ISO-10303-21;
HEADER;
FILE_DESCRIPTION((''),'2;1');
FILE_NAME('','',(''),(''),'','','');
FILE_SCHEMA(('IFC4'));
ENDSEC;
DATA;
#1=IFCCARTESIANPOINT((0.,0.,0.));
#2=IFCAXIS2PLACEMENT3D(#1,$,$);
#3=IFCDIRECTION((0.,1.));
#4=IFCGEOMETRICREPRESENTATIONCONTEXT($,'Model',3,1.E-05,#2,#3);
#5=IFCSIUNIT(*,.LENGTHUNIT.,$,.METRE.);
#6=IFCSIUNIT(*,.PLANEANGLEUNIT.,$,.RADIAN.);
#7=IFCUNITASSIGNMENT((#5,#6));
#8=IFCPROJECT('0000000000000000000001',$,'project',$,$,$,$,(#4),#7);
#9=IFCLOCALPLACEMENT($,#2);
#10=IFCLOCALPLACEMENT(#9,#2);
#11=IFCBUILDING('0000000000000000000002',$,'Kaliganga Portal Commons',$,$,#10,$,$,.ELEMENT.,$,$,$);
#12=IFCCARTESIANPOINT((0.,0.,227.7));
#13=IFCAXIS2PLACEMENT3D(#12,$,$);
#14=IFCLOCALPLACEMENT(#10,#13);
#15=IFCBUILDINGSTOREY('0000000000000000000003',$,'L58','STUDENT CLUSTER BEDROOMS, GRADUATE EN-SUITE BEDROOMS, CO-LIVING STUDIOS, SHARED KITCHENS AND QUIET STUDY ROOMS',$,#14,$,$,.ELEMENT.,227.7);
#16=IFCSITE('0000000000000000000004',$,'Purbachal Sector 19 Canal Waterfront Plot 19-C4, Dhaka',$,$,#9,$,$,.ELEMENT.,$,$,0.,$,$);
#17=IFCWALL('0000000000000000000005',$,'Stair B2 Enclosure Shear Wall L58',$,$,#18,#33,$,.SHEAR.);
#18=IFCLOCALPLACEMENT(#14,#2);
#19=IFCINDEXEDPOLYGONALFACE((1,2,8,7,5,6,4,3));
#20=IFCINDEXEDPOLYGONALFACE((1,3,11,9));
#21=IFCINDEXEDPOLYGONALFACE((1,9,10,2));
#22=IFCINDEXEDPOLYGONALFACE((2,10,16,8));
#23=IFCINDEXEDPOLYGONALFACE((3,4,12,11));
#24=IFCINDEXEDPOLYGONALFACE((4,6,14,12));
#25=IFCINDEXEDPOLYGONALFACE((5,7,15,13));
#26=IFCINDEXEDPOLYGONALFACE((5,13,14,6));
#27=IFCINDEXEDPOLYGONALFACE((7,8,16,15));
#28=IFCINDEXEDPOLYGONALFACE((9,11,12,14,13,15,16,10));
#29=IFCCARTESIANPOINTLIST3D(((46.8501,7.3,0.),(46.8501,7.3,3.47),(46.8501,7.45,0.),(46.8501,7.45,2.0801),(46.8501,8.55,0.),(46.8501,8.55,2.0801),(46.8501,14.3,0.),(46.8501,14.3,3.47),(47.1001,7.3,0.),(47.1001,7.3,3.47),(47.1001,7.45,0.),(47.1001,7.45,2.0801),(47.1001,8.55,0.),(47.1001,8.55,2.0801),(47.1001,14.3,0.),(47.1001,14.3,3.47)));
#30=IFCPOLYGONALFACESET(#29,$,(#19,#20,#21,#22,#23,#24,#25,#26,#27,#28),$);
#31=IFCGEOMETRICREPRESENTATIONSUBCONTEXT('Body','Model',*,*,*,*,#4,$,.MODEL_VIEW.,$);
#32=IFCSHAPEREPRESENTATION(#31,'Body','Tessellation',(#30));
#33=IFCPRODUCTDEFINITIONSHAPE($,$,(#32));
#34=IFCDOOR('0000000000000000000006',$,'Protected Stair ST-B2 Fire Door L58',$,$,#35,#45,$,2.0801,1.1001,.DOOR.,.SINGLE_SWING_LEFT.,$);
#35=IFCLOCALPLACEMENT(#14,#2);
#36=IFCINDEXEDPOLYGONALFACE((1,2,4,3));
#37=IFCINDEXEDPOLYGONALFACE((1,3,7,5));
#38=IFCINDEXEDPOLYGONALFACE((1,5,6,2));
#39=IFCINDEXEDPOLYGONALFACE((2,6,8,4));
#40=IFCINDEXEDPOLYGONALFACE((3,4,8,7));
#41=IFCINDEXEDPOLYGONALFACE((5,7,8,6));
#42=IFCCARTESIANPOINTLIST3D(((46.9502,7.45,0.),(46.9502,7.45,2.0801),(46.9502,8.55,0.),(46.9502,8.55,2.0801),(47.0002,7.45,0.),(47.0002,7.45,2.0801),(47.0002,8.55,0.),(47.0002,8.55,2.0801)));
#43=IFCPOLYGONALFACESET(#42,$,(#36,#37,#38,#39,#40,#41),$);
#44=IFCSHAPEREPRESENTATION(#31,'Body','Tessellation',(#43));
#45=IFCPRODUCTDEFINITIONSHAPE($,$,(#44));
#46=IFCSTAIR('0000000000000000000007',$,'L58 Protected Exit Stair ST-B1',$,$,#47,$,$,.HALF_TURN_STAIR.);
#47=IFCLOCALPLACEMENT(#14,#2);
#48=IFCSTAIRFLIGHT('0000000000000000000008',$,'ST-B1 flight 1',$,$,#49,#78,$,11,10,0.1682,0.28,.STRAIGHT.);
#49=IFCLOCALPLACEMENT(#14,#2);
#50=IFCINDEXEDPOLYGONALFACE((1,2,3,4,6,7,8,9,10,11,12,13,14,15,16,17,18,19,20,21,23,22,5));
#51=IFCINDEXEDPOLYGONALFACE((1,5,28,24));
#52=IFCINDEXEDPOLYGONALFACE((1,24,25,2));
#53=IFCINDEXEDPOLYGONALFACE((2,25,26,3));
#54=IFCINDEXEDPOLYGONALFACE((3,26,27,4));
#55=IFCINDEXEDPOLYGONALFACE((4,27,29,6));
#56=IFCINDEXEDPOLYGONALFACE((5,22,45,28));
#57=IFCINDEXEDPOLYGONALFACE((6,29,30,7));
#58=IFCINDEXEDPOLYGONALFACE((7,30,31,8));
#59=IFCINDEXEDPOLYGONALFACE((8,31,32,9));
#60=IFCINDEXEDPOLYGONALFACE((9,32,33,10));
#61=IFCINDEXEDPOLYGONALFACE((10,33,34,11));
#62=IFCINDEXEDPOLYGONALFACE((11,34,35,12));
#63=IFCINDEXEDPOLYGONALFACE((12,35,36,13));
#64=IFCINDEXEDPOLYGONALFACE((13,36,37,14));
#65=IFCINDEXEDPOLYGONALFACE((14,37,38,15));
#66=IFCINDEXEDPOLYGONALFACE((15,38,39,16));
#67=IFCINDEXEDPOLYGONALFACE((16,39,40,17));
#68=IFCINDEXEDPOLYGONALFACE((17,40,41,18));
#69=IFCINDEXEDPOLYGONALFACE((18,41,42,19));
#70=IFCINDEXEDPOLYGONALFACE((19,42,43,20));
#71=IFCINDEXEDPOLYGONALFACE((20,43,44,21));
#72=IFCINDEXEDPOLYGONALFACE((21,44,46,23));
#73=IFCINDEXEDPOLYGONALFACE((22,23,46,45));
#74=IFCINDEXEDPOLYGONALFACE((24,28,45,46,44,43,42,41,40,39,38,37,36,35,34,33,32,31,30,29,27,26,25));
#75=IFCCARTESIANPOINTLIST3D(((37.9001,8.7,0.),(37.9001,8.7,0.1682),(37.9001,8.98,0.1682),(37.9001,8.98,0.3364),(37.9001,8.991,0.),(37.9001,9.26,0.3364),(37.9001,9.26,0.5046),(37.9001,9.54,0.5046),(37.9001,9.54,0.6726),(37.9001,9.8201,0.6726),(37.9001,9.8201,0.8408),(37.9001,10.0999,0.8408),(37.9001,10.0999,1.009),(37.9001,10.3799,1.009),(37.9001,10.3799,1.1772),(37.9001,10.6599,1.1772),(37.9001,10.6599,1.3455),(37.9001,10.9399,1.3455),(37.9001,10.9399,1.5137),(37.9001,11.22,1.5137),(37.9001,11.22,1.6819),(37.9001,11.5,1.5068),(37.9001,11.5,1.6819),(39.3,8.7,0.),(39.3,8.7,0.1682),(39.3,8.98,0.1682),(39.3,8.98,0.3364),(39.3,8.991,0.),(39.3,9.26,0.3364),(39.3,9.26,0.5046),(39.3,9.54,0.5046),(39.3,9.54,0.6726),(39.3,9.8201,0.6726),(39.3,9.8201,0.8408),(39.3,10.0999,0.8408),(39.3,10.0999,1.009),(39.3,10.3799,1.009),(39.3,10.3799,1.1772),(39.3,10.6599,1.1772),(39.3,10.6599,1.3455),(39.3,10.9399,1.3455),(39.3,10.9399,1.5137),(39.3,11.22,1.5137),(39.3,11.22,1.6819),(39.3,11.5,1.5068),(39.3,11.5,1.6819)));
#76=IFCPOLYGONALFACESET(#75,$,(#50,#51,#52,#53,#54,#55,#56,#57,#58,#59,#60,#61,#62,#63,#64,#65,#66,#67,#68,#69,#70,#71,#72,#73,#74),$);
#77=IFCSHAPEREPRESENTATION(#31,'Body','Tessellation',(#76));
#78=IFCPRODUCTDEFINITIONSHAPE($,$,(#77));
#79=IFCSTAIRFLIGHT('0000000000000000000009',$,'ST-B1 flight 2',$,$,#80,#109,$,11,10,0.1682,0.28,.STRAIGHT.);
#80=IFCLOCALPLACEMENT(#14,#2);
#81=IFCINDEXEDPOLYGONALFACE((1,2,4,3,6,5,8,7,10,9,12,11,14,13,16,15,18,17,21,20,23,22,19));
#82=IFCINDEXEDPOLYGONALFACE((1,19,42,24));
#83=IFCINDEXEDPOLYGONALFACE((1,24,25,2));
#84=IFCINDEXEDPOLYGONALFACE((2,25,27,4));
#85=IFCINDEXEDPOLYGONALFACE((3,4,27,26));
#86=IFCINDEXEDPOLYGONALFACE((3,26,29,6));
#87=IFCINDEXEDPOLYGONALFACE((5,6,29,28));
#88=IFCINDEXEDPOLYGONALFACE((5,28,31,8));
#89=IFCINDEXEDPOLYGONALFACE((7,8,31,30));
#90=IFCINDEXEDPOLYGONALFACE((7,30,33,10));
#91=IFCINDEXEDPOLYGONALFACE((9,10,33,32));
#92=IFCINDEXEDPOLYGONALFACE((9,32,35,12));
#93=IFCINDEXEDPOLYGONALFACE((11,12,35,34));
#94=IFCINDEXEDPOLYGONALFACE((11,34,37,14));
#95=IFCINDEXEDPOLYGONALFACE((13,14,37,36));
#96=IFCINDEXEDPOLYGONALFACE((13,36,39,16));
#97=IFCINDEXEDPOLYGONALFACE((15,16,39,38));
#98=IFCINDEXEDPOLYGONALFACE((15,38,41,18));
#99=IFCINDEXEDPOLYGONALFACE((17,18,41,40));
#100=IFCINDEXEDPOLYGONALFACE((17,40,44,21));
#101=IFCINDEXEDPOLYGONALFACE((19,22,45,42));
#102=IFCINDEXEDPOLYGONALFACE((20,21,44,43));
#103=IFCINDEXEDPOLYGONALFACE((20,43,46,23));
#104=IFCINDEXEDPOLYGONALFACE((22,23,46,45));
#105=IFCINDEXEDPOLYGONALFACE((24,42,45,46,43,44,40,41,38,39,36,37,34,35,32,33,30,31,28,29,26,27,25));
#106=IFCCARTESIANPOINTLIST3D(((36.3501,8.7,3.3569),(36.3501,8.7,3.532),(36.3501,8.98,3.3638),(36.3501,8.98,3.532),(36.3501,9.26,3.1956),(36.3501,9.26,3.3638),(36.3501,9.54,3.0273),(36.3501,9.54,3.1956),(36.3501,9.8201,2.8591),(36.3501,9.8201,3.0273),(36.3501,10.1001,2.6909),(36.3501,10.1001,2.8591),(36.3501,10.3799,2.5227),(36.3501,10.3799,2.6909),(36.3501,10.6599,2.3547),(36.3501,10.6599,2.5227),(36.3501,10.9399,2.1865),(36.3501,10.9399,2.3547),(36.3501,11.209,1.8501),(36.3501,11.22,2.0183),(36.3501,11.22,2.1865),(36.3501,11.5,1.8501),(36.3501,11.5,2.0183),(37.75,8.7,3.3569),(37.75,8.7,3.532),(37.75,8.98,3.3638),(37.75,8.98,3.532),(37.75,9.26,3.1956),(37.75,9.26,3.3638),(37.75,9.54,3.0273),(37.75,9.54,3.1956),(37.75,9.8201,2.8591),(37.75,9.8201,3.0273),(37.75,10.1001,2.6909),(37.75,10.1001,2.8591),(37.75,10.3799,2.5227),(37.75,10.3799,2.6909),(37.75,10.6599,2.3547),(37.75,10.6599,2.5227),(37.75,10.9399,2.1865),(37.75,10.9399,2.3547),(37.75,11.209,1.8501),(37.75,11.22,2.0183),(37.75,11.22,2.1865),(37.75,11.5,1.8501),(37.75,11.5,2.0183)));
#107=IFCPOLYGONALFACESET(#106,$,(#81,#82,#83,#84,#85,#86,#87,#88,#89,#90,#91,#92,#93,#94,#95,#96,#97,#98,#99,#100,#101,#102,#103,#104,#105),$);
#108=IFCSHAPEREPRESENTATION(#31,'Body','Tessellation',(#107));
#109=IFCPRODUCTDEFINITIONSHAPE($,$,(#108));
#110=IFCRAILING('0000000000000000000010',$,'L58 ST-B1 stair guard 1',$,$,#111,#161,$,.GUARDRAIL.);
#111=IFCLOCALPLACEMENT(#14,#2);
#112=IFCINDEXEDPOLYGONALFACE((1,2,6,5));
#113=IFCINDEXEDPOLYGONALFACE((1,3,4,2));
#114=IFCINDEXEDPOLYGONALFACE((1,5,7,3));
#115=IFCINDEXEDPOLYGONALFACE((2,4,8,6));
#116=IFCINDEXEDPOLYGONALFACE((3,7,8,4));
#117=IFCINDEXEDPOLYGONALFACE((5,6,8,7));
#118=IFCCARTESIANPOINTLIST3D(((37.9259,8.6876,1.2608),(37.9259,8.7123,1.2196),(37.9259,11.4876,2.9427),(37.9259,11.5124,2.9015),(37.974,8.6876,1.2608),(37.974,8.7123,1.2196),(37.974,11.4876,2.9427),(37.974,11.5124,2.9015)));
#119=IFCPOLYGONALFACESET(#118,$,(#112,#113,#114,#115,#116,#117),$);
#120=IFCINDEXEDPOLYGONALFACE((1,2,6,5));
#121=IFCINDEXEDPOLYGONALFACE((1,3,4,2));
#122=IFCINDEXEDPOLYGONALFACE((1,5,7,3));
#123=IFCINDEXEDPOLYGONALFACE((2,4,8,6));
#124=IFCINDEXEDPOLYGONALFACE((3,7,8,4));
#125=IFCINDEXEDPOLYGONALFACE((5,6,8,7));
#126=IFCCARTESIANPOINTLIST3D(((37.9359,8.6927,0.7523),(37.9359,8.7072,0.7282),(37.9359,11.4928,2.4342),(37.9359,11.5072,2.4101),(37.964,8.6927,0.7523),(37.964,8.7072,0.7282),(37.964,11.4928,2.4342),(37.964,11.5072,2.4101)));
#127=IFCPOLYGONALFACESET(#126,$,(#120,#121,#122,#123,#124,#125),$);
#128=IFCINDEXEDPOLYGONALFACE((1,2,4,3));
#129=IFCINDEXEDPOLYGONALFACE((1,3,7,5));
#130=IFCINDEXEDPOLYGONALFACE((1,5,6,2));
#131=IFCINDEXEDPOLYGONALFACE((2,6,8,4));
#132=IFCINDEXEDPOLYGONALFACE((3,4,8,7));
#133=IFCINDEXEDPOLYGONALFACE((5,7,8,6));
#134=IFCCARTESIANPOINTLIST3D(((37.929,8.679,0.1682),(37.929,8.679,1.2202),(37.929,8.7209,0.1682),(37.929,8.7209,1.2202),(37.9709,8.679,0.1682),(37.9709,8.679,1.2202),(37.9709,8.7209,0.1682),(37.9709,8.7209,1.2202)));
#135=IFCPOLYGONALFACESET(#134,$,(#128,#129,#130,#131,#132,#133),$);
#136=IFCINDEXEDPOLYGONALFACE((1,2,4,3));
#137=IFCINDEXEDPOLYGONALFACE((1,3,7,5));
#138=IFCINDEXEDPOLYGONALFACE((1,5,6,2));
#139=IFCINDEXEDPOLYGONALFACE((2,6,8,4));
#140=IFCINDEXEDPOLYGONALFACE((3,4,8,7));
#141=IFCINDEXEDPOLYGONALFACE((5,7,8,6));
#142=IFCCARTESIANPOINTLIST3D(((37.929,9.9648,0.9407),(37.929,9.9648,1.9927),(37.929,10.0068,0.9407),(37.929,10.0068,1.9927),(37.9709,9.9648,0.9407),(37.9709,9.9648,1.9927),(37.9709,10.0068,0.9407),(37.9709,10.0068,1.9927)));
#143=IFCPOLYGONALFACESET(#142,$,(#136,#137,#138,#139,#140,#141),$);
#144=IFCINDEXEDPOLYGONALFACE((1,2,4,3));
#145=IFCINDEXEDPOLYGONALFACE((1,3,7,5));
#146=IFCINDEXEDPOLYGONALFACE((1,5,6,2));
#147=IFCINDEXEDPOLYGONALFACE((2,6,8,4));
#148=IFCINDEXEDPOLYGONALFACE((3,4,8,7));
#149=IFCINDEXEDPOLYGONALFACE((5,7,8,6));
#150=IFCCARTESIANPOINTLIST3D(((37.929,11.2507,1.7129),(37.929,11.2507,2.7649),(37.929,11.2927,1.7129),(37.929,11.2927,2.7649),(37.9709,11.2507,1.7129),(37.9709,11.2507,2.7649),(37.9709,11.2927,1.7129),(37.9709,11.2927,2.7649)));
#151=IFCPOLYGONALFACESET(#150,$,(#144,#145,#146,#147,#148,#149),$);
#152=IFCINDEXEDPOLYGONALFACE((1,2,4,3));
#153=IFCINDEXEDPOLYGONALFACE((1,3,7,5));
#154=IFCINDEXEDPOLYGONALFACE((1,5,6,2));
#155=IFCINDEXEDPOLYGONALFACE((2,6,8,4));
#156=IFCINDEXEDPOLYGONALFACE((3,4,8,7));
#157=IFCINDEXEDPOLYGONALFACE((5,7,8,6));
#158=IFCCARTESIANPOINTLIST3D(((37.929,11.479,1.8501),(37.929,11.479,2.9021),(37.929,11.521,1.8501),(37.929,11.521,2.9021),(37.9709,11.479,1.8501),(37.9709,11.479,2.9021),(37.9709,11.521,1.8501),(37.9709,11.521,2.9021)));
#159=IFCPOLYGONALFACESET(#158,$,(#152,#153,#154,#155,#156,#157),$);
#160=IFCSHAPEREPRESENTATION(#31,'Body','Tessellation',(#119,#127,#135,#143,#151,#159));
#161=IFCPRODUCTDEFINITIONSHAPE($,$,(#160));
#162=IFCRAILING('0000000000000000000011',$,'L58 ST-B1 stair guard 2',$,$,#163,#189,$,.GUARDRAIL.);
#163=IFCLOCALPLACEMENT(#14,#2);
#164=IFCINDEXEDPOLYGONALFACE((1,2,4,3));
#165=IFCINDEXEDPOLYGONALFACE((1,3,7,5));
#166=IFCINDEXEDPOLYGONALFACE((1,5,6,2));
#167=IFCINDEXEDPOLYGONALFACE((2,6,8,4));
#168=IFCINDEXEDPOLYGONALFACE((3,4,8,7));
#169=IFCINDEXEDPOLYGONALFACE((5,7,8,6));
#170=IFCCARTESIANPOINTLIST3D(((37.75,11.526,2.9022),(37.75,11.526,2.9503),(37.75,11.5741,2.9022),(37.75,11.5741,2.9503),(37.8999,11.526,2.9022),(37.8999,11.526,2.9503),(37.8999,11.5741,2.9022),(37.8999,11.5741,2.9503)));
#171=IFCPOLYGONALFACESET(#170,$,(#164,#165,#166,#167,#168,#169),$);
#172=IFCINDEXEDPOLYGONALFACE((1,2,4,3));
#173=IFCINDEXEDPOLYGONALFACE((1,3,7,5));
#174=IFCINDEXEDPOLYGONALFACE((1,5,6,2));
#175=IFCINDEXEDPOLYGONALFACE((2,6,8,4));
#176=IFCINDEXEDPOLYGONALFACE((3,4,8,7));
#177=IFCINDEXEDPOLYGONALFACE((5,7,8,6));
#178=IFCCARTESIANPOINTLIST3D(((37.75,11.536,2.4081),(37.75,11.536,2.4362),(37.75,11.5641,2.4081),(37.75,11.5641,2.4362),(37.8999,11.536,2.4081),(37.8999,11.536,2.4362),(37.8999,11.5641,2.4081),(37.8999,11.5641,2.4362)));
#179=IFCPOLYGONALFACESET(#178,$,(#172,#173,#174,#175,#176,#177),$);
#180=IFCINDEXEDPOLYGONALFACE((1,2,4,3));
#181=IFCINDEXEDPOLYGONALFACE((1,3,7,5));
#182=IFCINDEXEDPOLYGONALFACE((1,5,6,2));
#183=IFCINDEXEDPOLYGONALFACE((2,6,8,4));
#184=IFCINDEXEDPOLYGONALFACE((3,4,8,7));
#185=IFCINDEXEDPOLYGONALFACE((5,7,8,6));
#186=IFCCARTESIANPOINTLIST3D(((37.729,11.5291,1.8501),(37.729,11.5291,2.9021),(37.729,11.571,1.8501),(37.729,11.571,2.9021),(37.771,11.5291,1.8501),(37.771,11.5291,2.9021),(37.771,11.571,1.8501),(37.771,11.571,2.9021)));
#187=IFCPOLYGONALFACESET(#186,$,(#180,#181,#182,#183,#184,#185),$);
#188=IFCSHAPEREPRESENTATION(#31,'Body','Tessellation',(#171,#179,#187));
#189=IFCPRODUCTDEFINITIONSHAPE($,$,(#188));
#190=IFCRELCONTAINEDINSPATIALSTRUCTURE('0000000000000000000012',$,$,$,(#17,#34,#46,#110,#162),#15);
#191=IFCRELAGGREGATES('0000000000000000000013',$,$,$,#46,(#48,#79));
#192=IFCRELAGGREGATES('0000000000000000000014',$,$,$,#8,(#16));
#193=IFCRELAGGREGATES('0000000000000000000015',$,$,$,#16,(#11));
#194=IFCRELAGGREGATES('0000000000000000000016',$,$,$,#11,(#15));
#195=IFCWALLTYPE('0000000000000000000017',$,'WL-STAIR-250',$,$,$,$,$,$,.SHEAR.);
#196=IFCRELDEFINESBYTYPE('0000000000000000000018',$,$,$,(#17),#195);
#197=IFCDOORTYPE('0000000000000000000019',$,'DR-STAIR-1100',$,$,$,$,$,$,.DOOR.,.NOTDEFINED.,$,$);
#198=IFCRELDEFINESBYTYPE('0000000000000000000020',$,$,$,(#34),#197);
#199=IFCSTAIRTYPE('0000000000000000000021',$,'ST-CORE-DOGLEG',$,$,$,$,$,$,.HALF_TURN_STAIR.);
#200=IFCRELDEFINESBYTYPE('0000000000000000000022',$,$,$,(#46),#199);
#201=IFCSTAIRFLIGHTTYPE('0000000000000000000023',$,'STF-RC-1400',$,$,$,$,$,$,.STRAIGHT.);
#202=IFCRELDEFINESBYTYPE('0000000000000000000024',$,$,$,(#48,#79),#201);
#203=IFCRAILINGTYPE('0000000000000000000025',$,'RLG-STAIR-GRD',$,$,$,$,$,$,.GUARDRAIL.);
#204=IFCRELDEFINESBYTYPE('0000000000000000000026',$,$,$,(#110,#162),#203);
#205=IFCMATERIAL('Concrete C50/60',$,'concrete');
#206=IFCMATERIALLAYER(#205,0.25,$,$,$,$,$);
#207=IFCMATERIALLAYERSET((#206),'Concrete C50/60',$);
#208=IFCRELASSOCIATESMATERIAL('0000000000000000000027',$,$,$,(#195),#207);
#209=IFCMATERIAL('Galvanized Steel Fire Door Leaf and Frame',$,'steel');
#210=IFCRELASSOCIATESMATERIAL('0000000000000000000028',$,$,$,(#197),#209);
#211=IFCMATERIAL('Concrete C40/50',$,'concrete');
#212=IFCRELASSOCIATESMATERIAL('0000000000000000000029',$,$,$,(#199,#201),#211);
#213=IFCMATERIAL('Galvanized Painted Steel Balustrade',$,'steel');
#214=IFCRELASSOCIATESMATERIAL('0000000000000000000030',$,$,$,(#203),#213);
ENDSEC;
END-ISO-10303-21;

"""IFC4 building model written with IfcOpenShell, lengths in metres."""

from ifc_helpers import new_model, si_unit, direction, frame, frame_2d, origin, origin_2d, place, context, subcontext, project, spatial, polyline, rectangle, outline, extrude, material, layer, layer_set, type_object, element, fill, aggregate, save


model = new_model("IFC4")

# Units and contexts
model_context = context("Model", 3, precision=1e-05, world=origin(), true_north=direction((0.0, 1.0)))
body_context = subcontext(model_context, "Body", "Model", "MODEL_VIEW")
ifc_project = project(units=[si_unit("LENGTHUNIT", "METRE"), si_unit("PLANEANGLEUNIT", "RADIAN")], contexts=[model_context])

# Site, building, storey
site_placement = place(None, origin())
site = spatial("IfcSite", under=ifc_project, at=site_placement, Name="Purbachal Sector 19 Canal Waterfront Plot 19-C4, Dhaka", CompositionType="ELEMENT", RefElevation=0.0)
building_placement = place(site_placement, origin())
building = spatial("IfcBuilding", under=site, at=building_placement, Name="Kaliganga Portal Commons", CompositionType="ELEMENT")
storey_placement = place(building_placement, frame((0.0, 0.0, 227.7)))
storey = spatial("IfcBuildingStorey", under=building, at=storey_placement, Name="L58", Description="STUDENT CLUSTER BEDROOMS, GRADUATE EN-SUITE BEDROOMS, CO-LIVING STUDIOS, SHARED KITCHENS AND QUIET STUDY ROOMS", CompositionType="ELEMENT", Elevation=227.7)

# Shared definitions
ifc_material_1 = material(Name="Concrete C50/60", Category="concrete")

# Wall, opening, door
ifc_layer_1 = layer(ifc_material_1, 0.25)
ifc_layer_set_1 = layer_set([ifc_layer_1], Name="Concrete C50/60")
wall_type_1 = type_object("IfcWallType", Name="WL-STAIR-250", PredefinedType="SHEAR", material=ifc_layer_set_1)
ifc_material_2 = material(Name="Galvanized Steel Fire Door Leaf and Frame", Category="steel")
door_type_1 = type_object("IfcDoorType", Name="DR-STAIR-1100", OperationType="NOTDEFINED", PredefinedType="DOOR", material=ifc_material_2)
wall_1_placement = place(storey_placement, frame((46.9751, 7.3, 0.0), z_axis=(0.0, 0.0, 1.0), x_axis=(0.0, 1.0, 0.0)))
wall_1 = element("IfcWall", 1, at=wall_1_placement, inside=storey, type_object=wall_type_1, Name="Stair B2 Enclosure Shear Wall L58", PredefinedType="SHEAR", context=body_context, shape_type="SweptSolid", body=[
    extrude(rectangle(XDim=7.0, YDim=0.25, at=frame_2d((3.5, 0.0))), origin(), (0.0, 0.0, 1.0), 3.47),
])
opening_1_placement = place(wall_1_placement, frame((0.1499, 0.0, 0.0)))
opening_1 = element("IfcOpeningElement", 2, at=opening_1_placement, cuts=wall_1, PredefinedType="OPENING", context=body_context, shape_type="SweptSolid", body=[
    extrude(rectangle(XDim=1.1001, YDim=2.0801, at=frame_2d((0.55, 1.04))), frame((0.0, 0.135, 0.0), z_axis=(0.0, -1.0, 0.0), x_axis=(1.0, 0.0, 0.0)), (0.0, 0.0, 1.0), 0.27),
])
door_1_placement = place(opening_1_placement, origin())
door_1 = element("IfcDoor", 3, at=door_1_placement, inside=storey, type_object=door_type_1, Name="Protected Stair ST-B2 Fire Door L58", OperationType="SINGLE_SWING_LEFT", OverallHeight=2.0801, OverallWidth=1.1001, PredefinedType="DOOR", context=body_context, shape_type="SweptSolid", body=[
    extrude(rectangle(XDim=1.1001, YDim=2.0801, at=frame_2d((0.55, 1.04))), frame((0.0, 0.0249, 0.0), z_axis=(0.0, -1.0, 0.0), x_axis=(1.0, 0.0, 0.0)), (0.0, 0.0, 1.0), 0.05),
])
fill(opening_1, door_1)

# Stair, stair flights
ifc_material_3 = material(Name="Concrete C40/50", Category="concrete")
stair_type = type_object("IfcStairType", Name="ST-CORE-DOGLEG", PredefinedType="HALF_TURN_STAIR", material=ifc_material_3)
stair_placement = place(storey_placement, origin())
stair = element("IfcStair", 4, at=stair_placement, inside=storey, type_object=stair_type, Name="L58 Protected Exit Stair ST-B1", PredefinedType="HALF_TURN_STAIR")
stair_flight_type = type_object("IfcStairFlightType", Name="STF-RC-1400", PredefinedType="STRAIGHT", material=ifc_material_3)
stair_flight_1_placement = place(storey_placement, frame((38.6001, 8.7, 0.0), z_axis=(0.0, 0.0, 1.0), x_axis=(0.0, 1.0, 0.0)))
stair_flight_1 = element("IfcStairFlight", 5, at=stair_flight_1_placement, type_object=stair_flight_type, Name="ST-B1 flight 1", NumberOfRisers=11, NumberOfTreads=10, PredefinedType="STRAIGHT", RiserHeight=0.1682, TreadLength=0.28, context=body_context, shape_type="SweptSolid", body=[
    extrude(outline(polyline([(0.0, 0.0), (0.0, 0.1682), (0.28, 0.1682), (0.28, 0.3364), (0.5601, 0.3364), (0.5601, 0.5046), (0.8401, 0.5046), (0.8401, 0.6726), (1.1201, 0.6726), (1.1201, 0.8408), (1.3999, 0.8408), (1.3999, 1.009), (1.6799, 1.009), (1.6799, 1.1772), (1.96, 1.1772), (1.96, 1.3455), (2.24, 1.3455), (2.24, 1.5137), (2.52, 1.5137), (2.52, 1.6819), (2.8, 1.6819), (2.8, 1.8501), (2.8, 1.5068), (0.291, 0.0), (0.0, 0.0)])), frame((0.0, 0.7, 0.0), z_axis=(0.0, -1.0, 0.0), x_axis=(1.0, 0.0, 0.0)), (0.0, 0.0, 1.0), 1.3999),
])
stair_flight_2_placement = place(storey_placement, frame((37.05, 11.5, 1.8501), z_axis=(0.0, 0.0, 1.0), x_axis=(0.0, -1.0, 0.0)))
stair_flight_2 = element("IfcStairFlight", 6, at=stair_flight_2_placement, type_object=stair_flight_type, Name="ST-B1 flight 2", NumberOfRisers=11, NumberOfTreads=10, PredefinedType="STRAIGHT", RiserHeight=0.1682, TreadLength=0.28, context=body_context, shape_type="SweptSolid", body=[
    extrude(outline(polyline([(0.0, 0.0), (0.0, 0.1682), (0.28, 0.1682), (0.28, 0.3364), (0.5601, 0.3364), (0.5601, 0.5046), (0.8401, 0.5046), (0.8401, 0.6726), (1.1201, 0.6726), (1.1201, 0.8408), (1.3999, 0.8408), (1.3999, 1.009), (1.6799, 1.009), (1.6799, 1.1772), (1.96, 1.1772), (1.96, 1.3455), (2.24, 1.3455), (2.24, 1.5137), (2.52, 1.5137), (2.52, 1.6819), (2.8, 1.6819), (2.8, 1.8501), (2.8, 1.5068), (0.291, 0.0), (0.0, 0.0)])), frame((0.0, 0.7, 0.0), z_axis=(0.0, -1.0, 0.0), x_axis=(1.0, 0.0, 0.0)), (0.0, 0.0, 1.0), 1.3999),
])
aggregate(stair, [stair_flight_1, stair_flight_2])

# Railings
ifc_material_4 = material(Name="Galvanized Painted Steel Balustrade", Category="steel")
railing_type_1 = type_object("IfcRailingType", Name="RLG-STAIR-GRD", PredefinedType="GUARDRAIL", material=ifc_material_4)
railing_1_placement = place(storey_placement, frame((37.95, 8.7, 0.1682)))
element("IfcRailing", 7, at=railing_1_placement, inside=storey, type_object=railing_type_1, Name="L58 ST-B1 stair guard 1", PredefinedType="GUARDRAIL", context=body_context, shape_type="SweptSolid", body=[
    extrude(rectangle(XDim=0.0481, YDim=0.0481, at=origin_2d()), frame((0.0, 0.0, 1.072), z_axis=(0.0, 0.857242, 0.514913), x_axis=(-1.0, 0.0, 0.0)), (0.0, 0.0, 1.0), 3.2664),
    extrude(rectangle(XDim=0.0281, YDim=0.0281, at=origin_2d()), frame((0.0, 0.0, 0.572), z_axis=(0.0, 0.857242, 0.514913), x_axis=(-1.0, 0.0, 0.0)), (0.0, 0.0, 1.0), 3.2664),
    extrude(rectangle(XDim=0.042, YDim=0.042, at=origin_2d()), origin(), (0.0, 0.0, 1.0), 1.052),
    extrude(rectangle(XDim=0.042, YDim=0.042, at=origin_2d()), frame((0.0, 1.2859, 0.7725)), (0.0, 0.0, 1.0), 1.052),
    extrude(rectangle(XDim=0.042, YDim=0.042, at=origin_2d()), frame((0.0, 2.5718, 1.5447)), (0.0, 0.0, 1.0), 1.052),
    extrude(rectangle(XDim=0.042, YDim=0.042, at=origin_2d()), frame((0.0, 2.8, 1.6819)), (0.0, 0.0, 1.0), 1.052),
])
railing_2_placement = place(storey_placement, frame((37.8999, 11.55, 1.8501)))
element("IfcRailing", 8, at=railing_2_placement, inside=storey, type_object=railing_type_1, Name="L58 ST-B1 stair guard 2", PredefinedType="GUARDRAIL", context=body_context, shape_type="SweptSolid", body=[
    extrude(rectangle(XDim=0.0481, YDim=0.0481, at=origin_2d()), frame((0.0, 0.0, 1.0762), z_axis=(-1.0, 0.0, 0.0), x_axis=(0.0, -1.0, 0.0)), (0.0, 0.0, 1.0), 0.1499),
    extrude(rectangle(XDim=0.0281, YDim=0.0281, at=origin_2d()), frame((0.0, 0.0, 0.572), z_axis=(-1.0, 0.0, 0.0), x_axis=(0.0, -1.0, 0.0)), (0.0, 0.0, 1.0), 0.1499),
    extrude(rectangle(XDim=0.042, YDim=0.042, at=origin_2d()), frame((-0.1499, 0.0, 0.0)), (0.0, 0.0, 1.0), 1.052),
])

save(model, "model.ifc")
